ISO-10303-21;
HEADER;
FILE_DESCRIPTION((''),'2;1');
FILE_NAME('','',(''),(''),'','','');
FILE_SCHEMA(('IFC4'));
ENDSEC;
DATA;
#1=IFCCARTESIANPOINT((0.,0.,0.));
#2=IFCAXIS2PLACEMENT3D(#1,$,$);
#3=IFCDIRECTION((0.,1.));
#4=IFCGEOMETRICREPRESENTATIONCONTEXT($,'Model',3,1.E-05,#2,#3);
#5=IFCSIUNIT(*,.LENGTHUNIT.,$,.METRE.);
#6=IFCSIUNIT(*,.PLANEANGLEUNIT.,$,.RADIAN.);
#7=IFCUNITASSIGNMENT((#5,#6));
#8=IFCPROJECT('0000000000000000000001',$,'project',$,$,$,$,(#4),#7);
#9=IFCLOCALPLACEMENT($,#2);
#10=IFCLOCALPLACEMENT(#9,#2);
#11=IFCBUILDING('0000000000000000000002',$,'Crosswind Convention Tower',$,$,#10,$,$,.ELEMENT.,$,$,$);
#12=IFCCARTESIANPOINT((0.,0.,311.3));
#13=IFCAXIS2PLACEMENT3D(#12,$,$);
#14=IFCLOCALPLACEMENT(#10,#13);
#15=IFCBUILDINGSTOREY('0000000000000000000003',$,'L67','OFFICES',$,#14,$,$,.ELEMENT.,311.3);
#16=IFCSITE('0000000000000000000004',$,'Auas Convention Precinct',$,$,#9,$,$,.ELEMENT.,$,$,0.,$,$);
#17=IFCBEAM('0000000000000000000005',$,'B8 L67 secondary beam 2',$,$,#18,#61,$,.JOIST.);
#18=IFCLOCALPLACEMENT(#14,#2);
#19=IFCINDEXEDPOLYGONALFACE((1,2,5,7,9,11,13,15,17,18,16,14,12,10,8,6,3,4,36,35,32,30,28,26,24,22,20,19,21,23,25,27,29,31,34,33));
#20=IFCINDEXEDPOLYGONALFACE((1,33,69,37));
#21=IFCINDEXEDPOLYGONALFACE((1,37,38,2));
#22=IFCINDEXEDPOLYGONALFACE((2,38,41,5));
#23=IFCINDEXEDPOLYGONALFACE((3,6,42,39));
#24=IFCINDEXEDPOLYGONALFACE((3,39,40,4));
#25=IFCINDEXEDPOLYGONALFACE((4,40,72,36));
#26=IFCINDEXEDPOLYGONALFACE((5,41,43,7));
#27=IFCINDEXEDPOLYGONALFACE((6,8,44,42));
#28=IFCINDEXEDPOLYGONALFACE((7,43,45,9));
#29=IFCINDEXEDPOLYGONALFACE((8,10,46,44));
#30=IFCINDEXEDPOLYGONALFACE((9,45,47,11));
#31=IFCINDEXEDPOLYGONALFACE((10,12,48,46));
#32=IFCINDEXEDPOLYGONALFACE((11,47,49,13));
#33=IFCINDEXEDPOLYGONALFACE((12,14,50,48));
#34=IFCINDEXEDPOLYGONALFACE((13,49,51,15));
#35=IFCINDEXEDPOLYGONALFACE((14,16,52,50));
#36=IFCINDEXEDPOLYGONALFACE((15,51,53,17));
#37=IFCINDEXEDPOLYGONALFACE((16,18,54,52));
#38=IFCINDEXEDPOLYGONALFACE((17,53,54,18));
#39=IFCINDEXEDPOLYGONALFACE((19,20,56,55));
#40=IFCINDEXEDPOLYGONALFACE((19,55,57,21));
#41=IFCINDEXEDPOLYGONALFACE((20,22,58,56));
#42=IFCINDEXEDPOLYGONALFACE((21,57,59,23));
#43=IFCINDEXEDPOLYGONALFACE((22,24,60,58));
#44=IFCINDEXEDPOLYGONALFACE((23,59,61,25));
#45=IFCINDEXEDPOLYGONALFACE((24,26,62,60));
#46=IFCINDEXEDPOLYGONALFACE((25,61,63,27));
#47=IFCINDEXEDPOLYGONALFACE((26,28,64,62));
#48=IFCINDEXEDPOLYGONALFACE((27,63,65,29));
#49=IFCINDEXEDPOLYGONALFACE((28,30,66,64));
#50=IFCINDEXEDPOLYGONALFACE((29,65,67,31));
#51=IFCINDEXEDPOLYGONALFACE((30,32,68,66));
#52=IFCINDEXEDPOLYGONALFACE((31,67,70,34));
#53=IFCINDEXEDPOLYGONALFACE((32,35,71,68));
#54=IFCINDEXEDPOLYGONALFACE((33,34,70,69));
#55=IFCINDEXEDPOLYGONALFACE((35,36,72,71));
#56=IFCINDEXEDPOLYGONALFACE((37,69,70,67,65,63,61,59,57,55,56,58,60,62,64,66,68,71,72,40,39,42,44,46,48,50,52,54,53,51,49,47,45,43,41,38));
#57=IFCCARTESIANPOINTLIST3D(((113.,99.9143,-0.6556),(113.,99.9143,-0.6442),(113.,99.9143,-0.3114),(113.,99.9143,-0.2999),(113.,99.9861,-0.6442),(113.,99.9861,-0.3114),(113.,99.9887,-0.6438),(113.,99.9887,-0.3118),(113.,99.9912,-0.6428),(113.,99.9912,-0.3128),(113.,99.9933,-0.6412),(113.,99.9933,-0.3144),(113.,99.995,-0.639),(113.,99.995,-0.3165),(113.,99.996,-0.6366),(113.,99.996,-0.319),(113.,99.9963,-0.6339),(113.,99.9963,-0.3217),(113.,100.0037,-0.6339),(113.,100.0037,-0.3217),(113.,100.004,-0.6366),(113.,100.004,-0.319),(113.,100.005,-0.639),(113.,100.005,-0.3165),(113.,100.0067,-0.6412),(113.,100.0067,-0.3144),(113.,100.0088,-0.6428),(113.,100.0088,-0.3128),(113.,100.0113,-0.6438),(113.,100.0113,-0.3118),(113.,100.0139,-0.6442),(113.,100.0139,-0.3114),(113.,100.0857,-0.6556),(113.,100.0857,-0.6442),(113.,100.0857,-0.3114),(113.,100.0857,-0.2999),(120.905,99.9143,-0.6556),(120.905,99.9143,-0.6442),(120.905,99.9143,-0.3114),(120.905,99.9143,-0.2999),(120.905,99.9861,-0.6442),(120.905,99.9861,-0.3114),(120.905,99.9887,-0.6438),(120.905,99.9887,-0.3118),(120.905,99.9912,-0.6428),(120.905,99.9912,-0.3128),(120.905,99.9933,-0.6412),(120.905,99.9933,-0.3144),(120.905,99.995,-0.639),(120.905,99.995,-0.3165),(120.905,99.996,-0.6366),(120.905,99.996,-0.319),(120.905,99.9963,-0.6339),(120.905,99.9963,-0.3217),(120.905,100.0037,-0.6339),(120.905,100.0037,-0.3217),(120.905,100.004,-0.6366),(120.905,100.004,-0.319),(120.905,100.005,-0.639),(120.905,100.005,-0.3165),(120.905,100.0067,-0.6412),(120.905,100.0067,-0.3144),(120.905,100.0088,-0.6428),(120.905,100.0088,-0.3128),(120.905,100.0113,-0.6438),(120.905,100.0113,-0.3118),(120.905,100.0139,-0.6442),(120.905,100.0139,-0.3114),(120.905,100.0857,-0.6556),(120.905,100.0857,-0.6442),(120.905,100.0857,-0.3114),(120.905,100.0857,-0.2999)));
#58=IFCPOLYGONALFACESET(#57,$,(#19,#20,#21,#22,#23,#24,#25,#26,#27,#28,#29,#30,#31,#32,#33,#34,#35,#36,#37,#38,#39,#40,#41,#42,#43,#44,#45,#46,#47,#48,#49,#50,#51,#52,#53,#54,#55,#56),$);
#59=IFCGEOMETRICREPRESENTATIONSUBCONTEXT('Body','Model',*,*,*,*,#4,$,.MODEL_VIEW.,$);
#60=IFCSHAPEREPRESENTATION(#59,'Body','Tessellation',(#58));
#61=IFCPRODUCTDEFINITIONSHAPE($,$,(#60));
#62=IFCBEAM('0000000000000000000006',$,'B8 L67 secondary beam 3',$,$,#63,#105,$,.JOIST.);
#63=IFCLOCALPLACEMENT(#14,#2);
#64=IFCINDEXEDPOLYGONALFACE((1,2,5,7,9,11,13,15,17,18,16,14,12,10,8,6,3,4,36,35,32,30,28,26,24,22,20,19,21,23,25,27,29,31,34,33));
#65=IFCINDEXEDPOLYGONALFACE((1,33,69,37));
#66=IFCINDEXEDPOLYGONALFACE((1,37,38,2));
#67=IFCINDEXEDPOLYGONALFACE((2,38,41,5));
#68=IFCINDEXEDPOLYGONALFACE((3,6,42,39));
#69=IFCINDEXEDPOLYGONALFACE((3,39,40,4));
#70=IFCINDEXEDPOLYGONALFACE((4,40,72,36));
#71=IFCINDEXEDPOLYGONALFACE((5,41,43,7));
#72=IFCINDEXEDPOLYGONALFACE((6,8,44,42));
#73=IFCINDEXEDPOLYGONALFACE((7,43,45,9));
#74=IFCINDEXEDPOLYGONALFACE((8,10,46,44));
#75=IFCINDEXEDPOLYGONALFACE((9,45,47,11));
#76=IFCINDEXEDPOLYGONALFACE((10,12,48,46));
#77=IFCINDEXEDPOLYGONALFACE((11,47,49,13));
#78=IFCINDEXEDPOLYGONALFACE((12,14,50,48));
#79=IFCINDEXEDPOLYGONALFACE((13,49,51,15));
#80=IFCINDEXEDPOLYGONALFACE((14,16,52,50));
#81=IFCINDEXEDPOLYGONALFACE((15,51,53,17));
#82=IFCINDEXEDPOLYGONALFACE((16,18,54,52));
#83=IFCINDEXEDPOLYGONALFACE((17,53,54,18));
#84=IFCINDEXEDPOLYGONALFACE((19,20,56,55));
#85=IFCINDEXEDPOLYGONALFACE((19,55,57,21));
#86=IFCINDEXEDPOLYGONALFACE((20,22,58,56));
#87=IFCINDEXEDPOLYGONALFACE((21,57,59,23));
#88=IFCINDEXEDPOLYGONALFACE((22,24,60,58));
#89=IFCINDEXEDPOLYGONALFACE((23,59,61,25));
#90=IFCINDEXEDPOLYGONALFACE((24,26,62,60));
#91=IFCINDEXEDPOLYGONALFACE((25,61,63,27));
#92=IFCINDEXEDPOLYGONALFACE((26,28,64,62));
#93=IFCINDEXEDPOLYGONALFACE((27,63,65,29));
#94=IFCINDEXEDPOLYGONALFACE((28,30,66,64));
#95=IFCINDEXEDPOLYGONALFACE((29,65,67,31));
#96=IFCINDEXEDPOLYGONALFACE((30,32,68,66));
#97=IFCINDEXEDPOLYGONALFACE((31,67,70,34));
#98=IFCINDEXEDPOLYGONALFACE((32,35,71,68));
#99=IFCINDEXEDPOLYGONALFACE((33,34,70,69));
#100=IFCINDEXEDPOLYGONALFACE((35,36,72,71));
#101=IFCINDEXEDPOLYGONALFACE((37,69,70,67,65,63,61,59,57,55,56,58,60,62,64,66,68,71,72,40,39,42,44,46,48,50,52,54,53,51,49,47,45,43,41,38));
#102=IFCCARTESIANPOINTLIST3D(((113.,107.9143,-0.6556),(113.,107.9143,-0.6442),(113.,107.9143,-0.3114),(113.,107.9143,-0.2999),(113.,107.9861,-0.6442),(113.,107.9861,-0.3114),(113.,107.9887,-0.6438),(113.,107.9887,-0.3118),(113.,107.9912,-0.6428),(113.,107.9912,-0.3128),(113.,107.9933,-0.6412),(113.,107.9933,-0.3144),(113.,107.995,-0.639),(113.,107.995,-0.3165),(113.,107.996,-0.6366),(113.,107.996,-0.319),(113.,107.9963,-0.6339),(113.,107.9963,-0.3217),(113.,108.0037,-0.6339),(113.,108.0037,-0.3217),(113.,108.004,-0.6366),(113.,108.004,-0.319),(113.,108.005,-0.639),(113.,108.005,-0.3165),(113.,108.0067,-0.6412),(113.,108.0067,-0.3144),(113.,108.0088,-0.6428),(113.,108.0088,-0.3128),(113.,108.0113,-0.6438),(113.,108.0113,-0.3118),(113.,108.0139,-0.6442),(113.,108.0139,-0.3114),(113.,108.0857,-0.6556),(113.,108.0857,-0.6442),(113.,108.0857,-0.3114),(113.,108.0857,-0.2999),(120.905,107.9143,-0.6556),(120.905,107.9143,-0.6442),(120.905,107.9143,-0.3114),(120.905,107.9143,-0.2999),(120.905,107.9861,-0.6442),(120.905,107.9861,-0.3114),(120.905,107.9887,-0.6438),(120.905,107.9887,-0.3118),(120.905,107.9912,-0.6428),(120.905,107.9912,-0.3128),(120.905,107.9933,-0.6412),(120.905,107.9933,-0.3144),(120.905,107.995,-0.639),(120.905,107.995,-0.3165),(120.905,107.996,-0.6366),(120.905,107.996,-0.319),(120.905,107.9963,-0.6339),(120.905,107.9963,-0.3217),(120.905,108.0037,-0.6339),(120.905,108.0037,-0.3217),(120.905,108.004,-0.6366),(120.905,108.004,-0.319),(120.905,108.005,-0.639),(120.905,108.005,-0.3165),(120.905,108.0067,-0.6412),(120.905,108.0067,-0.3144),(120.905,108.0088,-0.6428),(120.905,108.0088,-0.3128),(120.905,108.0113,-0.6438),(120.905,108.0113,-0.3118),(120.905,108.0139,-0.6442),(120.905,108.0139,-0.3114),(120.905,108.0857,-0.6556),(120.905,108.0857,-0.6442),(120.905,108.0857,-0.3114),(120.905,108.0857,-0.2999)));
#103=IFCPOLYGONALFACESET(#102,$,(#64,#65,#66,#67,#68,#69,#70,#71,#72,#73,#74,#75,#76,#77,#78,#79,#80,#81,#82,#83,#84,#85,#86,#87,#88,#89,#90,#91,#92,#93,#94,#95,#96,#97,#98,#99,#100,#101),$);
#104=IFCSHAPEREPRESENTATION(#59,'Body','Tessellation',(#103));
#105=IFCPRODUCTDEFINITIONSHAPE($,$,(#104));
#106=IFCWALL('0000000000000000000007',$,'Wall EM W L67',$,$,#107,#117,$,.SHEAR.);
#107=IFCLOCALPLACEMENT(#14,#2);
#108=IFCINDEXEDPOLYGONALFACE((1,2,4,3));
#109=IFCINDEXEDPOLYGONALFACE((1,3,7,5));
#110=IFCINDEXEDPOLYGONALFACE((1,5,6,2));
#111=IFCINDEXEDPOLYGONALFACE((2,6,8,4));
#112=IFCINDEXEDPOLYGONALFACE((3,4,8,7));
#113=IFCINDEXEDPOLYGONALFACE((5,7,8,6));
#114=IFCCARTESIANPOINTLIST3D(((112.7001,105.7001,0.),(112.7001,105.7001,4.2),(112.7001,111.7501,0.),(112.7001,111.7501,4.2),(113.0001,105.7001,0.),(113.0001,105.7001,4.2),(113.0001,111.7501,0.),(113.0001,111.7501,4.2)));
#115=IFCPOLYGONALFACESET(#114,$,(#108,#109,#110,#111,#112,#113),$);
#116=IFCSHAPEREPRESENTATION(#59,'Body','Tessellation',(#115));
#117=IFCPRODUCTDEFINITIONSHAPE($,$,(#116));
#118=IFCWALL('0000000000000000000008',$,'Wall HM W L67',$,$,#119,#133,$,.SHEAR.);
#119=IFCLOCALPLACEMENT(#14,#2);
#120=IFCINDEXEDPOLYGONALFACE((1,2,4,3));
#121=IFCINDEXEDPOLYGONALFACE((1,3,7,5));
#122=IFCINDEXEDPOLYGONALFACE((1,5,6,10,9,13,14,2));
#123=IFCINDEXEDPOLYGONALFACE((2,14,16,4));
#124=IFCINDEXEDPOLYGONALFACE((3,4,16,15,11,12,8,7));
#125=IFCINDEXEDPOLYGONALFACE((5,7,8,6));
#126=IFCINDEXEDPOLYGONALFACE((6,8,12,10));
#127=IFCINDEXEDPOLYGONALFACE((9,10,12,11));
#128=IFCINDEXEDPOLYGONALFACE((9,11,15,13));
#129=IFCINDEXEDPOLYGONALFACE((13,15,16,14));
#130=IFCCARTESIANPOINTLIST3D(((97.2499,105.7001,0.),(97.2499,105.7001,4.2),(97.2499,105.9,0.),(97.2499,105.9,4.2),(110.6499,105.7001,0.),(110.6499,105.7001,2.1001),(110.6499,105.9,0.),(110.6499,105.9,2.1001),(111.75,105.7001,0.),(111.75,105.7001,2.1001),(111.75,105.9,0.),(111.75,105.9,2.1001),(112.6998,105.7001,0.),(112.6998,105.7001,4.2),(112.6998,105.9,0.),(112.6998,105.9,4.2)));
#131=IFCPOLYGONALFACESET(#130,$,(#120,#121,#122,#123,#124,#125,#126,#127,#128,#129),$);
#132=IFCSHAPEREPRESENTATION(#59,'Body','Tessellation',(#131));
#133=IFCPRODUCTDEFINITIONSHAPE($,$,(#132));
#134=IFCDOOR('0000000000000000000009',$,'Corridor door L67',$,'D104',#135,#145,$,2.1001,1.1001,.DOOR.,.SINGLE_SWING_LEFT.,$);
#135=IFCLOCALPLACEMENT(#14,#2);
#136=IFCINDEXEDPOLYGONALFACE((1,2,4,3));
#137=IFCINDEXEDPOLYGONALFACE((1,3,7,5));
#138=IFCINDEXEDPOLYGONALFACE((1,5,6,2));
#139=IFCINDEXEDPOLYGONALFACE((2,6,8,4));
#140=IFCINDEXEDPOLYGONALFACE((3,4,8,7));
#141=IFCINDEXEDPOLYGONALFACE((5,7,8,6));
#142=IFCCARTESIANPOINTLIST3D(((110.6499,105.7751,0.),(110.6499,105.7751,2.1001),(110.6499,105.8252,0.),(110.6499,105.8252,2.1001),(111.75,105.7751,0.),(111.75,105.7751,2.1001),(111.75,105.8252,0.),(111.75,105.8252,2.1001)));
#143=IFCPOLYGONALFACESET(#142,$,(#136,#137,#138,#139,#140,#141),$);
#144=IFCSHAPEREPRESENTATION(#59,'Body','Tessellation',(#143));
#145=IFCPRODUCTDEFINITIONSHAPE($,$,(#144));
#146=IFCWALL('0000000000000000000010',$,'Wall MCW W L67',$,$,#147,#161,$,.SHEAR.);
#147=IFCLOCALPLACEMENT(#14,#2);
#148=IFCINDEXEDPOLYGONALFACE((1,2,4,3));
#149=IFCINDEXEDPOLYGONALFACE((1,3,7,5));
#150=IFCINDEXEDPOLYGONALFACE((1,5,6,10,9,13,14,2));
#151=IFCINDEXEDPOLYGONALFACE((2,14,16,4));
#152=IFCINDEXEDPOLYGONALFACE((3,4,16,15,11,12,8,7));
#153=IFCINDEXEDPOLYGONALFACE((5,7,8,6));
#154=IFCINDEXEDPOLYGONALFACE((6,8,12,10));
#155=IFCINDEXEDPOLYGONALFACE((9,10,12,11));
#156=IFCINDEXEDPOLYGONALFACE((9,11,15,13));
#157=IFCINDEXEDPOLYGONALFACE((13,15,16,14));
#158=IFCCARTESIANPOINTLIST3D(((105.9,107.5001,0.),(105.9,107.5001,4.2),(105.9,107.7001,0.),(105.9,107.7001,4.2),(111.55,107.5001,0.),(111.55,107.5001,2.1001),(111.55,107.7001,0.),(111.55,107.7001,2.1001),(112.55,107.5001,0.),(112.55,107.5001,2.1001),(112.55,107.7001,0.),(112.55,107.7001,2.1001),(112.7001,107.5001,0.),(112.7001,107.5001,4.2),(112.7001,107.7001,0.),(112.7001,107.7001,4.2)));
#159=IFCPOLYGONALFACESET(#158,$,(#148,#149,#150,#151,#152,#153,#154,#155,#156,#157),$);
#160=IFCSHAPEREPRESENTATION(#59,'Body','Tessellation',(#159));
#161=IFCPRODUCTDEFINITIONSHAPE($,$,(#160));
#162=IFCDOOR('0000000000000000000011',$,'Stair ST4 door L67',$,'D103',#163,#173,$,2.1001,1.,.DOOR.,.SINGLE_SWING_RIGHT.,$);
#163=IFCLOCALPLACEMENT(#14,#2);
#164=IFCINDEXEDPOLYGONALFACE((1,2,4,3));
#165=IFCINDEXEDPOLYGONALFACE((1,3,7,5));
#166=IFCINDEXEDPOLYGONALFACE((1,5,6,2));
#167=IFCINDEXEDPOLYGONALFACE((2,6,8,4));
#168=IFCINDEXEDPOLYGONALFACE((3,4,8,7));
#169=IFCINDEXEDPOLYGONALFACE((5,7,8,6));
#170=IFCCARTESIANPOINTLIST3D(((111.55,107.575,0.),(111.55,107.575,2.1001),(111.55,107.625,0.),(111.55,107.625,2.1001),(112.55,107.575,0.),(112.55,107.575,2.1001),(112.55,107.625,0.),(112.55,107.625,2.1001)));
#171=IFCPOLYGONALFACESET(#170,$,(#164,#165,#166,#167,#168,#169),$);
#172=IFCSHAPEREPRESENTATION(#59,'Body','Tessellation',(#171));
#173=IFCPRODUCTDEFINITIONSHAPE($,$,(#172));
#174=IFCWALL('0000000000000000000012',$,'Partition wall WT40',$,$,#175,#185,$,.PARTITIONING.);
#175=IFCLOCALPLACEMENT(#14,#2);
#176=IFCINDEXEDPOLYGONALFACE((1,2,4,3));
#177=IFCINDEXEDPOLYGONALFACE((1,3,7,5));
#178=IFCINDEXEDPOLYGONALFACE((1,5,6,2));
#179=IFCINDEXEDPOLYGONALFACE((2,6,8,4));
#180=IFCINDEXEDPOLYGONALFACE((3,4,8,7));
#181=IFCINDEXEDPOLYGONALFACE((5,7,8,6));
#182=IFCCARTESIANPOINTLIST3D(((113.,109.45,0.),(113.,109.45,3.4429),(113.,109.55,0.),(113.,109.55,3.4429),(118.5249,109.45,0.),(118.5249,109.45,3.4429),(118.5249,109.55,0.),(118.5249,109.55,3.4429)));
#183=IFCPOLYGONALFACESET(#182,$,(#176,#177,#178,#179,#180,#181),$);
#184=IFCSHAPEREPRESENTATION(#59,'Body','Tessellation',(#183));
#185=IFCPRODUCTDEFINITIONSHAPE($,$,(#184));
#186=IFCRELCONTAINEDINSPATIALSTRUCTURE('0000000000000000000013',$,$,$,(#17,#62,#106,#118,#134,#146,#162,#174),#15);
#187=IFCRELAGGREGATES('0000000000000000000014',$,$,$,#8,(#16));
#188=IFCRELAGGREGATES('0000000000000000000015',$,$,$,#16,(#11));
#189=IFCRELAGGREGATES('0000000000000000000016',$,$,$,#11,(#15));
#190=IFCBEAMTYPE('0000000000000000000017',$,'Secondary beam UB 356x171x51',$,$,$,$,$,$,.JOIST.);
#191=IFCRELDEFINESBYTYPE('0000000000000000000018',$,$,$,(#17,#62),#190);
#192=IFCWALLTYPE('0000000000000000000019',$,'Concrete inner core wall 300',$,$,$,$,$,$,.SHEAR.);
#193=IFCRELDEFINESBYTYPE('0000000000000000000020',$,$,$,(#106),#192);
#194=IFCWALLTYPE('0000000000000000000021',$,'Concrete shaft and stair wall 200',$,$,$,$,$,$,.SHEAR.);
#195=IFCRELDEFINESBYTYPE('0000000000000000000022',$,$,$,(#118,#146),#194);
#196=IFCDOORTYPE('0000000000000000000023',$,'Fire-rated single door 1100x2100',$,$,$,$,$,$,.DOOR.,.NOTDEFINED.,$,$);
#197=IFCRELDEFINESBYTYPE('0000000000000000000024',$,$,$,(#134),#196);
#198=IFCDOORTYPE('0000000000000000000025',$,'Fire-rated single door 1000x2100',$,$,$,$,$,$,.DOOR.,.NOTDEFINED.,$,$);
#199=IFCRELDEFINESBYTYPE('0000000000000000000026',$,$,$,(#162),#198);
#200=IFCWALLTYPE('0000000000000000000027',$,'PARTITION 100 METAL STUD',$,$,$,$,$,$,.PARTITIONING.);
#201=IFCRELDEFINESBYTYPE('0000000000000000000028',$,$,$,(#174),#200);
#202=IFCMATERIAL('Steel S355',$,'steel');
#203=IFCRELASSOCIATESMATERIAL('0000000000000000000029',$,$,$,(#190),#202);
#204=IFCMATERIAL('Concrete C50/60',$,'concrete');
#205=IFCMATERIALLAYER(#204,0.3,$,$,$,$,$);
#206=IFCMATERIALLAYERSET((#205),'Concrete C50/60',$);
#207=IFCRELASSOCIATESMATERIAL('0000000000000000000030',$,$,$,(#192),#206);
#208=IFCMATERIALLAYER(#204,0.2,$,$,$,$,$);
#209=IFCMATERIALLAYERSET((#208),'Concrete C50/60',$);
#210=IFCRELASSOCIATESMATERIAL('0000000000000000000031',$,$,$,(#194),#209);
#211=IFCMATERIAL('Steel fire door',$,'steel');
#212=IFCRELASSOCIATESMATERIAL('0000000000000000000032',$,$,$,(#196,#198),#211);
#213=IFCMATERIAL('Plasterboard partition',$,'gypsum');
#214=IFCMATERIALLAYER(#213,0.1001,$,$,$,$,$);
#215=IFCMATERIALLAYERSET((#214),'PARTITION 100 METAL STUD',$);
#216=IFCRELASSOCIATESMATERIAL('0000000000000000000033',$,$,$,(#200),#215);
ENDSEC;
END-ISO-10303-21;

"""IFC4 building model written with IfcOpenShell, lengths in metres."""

from ifc_helpers import new_model, si_unit, direction, frame, frame_2d, origin, origin_2d, place, context, subcontext, project, spatial, rectangle, i_section, extrude, material, layer, layer_set, material_profile, profile_set, type_object, element, fill, save


model = new_model("IFC4")

# Units and contexts
model_context = context("Model", 3, precision=1e-05, world=origin(), true_north=direction((0.0, 1.0)))
body_context = subcontext(model_context, "Body", "Model", "MODEL_VIEW")
ifc_project = project(units=[si_unit("LENGTHUNIT", "METRE"), si_unit("PLANEANGLEUNIT", "RADIAN")], contexts=[model_context])

# Site, building, storey
site_placement = place(None, origin())
site = spatial("IfcSite", under=ifc_project, at=site_placement, Name="Auas Convention Precinct", CompositionType="ELEMENT", RefElevation=0.0)
building_placement = place(site_placement, origin())
building = spatial("IfcBuilding", under=site, at=building_placement, Name="Crosswind Convention Tower", CompositionType="ELEMENT")
storey_placement = place(building_placement, frame((0.0, 0.0, 311.3)))
storey = spatial("IfcBuildingStorey", under=building, at=storey_placement, Name="L67", Description="OFFICES", CompositionType="ELEMENT", Elevation=311.3)

# Beams
ifc_material_1 = material(Name="Steel S355", Category="steel")
ifc_material_profile_1 = material_profile(ifc_material_1, i_section(OverallWidth=0.1714, OverallDepth=0.3557, WebThickness=0.0073, FlangeThickness=0.0115, FilletRadius=0.0103, at=origin_2d()), Name="UB 356x171x51")
ifc_profile_set_1 = profile_set([ifc_material_profile_1], Name="Steel S355")
beam_type_1 = type_object("IfcBeamType", Name="Secondary beam UB 356x171x51", PredefinedType="JOIST", material=ifc_profile_set_1)
for number, where, z_axis, x_axis, name in (
    (1, (113.0, 100.0, -0.4778), (1.0, 0.0, 0.0), (0.0, 1.0, 0.0), "B8 L67 secondary beam 2"),
    (2, (113.0, 108.0, -0.4778), (1.0, 0.0, 0.0), (0.0, 1.0, 0.0), "B8 L67 secondary beam 3"),
):
    element("IfcBeam", number, at=place(storey_placement, frame(where, z_axis=z_axis, x_axis=x_axis)), inside=storey, type_object=beam_type_1, Name=name, PredefinedType="JOIST", context=body_context, shape_type="SweptSolid", body=[
        extrude(i_section(OverallWidth=0.1714, OverallDepth=0.3557, WebThickness=0.0073, FlangeThickness=0.0115, FilletRadius=0.0103, at=origin_2d()), origin(), (0.0, 0.0, 1.0), 7.905),
    ])

# Shared definitions
ifc_material_2 = material(Name="Concrete C50/60", Category="concrete")
ifc_layer_1 = layer(ifc_material_2, 0.3)
ifc_layer_set_1 = layer_set([ifc_layer_1], Name="Concrete C50/60")
wall_type_1 = type_object("IfcWallType", Name="Concrete inner core wall 300", PredefinedType="SHEAR", material=ifc_layer_set_1)

# Wall
wall_1_placement = place(storey_placement, frame((112.8501, 111.75, 0.0), z_axis=(0.0, 0.0, 1.0), x_axis=(0.0, -1.0, 0.0)))
element("IfcWall", 3, at=wall_1_placement, inside=storey, type_object=wall_type_1, Name="Wall EM W L67", PredefinedType="SHEAR", context=body_context, shape_type="SweptSolid", body=[
    extrude(rectangle(XDim=6.05, YDim=0.3, at=frame_2d((3.0249, 0.0))), origin(), (0.0, 0.0, 1.0), 4.2),
])

# Walls, openings, doors
ifc_layer_2 = layer(ifc_material_2, 0.2)
ifc_layer_set_2 = layer_set([ifc_layer_2], Name="Concrete C50/60")
wall_type_2 = type_object("IfcWallType", Name="Concrete shaft and stair wall 200", PredefinedType="SHEAR", material=ifc_layer_set_2)
wall_2_placement = place(storey_placement, frame((112.7, 105.8, 0.0), z_axis=(0.0, 0.0, 1.0), x_axis=(-1.0, 0.0, 0.0)))
wall_2 = element("IfcWall", 4, at=wall_2_placement, inside=storey, type_object=wall_type_2, Name="Wall HM W L67", PredefinedType="SHEAR", context=body_context, shape_type="SweptSolid", body=[
    extrude(rectangle(XDim=15.45, YDim=0.2, at=frame_2d((7.7251, 0.0))), origin(), (0.0, 0.0, 1.0), 4.2),
])
opening_1_placement = place(wall_2_placement, frame((0.95, 0.0, 0.0)))
opening_1 = element("IfcOpeningElement", 5, at=opening_1_placement, cuts=wall_2, PredefinedType="OPENING", context=body_context, shape_type="SweptSolid", body=[
    extrude(rectangle(XDim=1.1001, YDim=2.1001, at=frame_2d((0.55, 1.05))), frame((0.0, 0.1099, 0.0), z_axis=(0.0, -1.0, 0.0), x_axis=(1.0, 0.0, 0.0)), (0.0, 0.0, 1.0), 0.22),
])
ifc_material_3 = material(Name="Steel fire door", Category="steel")
door_type_1 = type_object("IfcDoorType", Name="Fire-rated single door 1100x2100", OperationType="NOTDEFINED", PredefinedType="DOOR", material=ifc_material_3)
door_1_placement = place(opening_1_placement, origin())
door_1 = element("IfcDoor", 6, at=door_1_placement, inside=storey, type_object=door_type_1, Name="Corridor door L67", ObjectType="D104", OperationType="SINGLE_SWING_LEFT", OverallHeight=2.1001, OverallWidth=1.1001, PredefinedType="DOOR", context=body_context, shape_type="SweptSolid", body=[
    extrude(rectangle(XDim=1.1001, YDim=2.1001, at=frame_2d((0.55, 1.05))), frame((0.0, 0.0249, 0.0), z_axis=(0.0, -1.0, 0.0), x_axis=(1.0, 0.0, 0.0)), (0.0, 0.0, 1.0), 0.05),
])
fill(opening_1, door_1)
wall_3_placement = place(storey_placement, frame((112.7, 107.6001, 0.0), z_axis=(0.0, 0.0, 1.0), x_axis=(-1.0, 0.0, 0.0)))
wall_3 = element("IfcWall", 7, at=wall_3_placement, inside=storey, type_object=wall_type_2, Name="Wall MCW W L67", PredefinedType="SHEAR", context=body_context, shape_type="SweptSolid", body=[
    extrude(rectangle(XDim=6.8, YDim=0.2, at=frame_2d((3.3999, 0.0))), origin(), (0.0, 0.0, 1.0), 4.2),
])
opening_2_placement = place(wall_3_placement, frame((0.1499, 0.0, 0.0)))
opening_2 = element("IfcOpeningElement", 8, at=opening_2_placement, cuts=wall_3, PredefinedType="OPENING", context=body_context, shape_type="SweptSolid", body=[
    extrude(rectangle(XDim=1.0, YDim=2.1001, at=frame_2d((0.5, 1.05))), frame((0.0, 0.1099, 0.0), z_axis=(0.0, -1.0, 0.0), x_axis=(1.0, 0.0, 0.0)), (0.0, 0.0, 1.0), 0.22),
])
door_type_2 = type_object("IfcDoorType", Name="Fire-rated single door 1000x2100", OperationType="NOTDEFINED", PredefinedType="DOOR", material=ifc_material_3)
door_2_placement = place(opening_2_placement, frame((1.0, 0.0, 0.0), z_axis=(0.0, 0.0, 1.0), x_axis=(-1.0, 0.0, 0.0)))
door_2 = element("IfcDoor", 9, at=door_2_placement, inside=storey, type_object=door_type_2, Name="Stair ST4 door L67", ObjectType="D103", OperationType="SINGLE_SWING_RIGHT", OverallHeight=2.1001, OverallWidth=1.0, PredefinedType="DOOR", context=body_context, shape_type="SweptSolid", body=[
    extrude(rectangle(XDim=1.0, YDim=2.1001, at=frame_2d((0.5, 1.05))), frame((0.0, 0.0249, 0.0), z_axis=(0.0, -1.0, 0.0), x_axis=(1.0, 0.0, 0.0)), (0.0, 0.0, 1.0), 0.05),
])
fill(opening_2, door_2)

# Wall
ifc_material_4 = material(Name="Plasterboard partition", Category="gypsum")
ifc_layer_3 = layer(ifc_material_4, 0.1001)
ifc_layer_set_3 = layer_set([ifc_layer_3], Name="PARTITION 100 METAL STUD")
wall_type_3 = type_object("IfcWallType", Name="PARTITION 100 METAL STUD", PredefinedType="PARTITIONING", material=ifc_layer_set_3)
wall_4_placement = place(storey_placement, frame((113.0, 109.5, 0.0), z_axis=(0.0, 0.0, 1.0), x_axis=(1.0, 0.0, 0.0)))
element("IfcWall", 10, at=wall_4_placement, inside=storey, type_object=wall_type_3, Name="Partition wall WT40", PredefinedType="PARTITIONING", context=body_context, shape_type="SweptSolid", body=[
    extrude(rectangle(XDim=5.5249, YDim=0.1001, at=frame_2d((2.7625, 0.0))), origin(), (0.0, 0.0, 1.0), 3.4429),
])

save(model, "model.ifc")
